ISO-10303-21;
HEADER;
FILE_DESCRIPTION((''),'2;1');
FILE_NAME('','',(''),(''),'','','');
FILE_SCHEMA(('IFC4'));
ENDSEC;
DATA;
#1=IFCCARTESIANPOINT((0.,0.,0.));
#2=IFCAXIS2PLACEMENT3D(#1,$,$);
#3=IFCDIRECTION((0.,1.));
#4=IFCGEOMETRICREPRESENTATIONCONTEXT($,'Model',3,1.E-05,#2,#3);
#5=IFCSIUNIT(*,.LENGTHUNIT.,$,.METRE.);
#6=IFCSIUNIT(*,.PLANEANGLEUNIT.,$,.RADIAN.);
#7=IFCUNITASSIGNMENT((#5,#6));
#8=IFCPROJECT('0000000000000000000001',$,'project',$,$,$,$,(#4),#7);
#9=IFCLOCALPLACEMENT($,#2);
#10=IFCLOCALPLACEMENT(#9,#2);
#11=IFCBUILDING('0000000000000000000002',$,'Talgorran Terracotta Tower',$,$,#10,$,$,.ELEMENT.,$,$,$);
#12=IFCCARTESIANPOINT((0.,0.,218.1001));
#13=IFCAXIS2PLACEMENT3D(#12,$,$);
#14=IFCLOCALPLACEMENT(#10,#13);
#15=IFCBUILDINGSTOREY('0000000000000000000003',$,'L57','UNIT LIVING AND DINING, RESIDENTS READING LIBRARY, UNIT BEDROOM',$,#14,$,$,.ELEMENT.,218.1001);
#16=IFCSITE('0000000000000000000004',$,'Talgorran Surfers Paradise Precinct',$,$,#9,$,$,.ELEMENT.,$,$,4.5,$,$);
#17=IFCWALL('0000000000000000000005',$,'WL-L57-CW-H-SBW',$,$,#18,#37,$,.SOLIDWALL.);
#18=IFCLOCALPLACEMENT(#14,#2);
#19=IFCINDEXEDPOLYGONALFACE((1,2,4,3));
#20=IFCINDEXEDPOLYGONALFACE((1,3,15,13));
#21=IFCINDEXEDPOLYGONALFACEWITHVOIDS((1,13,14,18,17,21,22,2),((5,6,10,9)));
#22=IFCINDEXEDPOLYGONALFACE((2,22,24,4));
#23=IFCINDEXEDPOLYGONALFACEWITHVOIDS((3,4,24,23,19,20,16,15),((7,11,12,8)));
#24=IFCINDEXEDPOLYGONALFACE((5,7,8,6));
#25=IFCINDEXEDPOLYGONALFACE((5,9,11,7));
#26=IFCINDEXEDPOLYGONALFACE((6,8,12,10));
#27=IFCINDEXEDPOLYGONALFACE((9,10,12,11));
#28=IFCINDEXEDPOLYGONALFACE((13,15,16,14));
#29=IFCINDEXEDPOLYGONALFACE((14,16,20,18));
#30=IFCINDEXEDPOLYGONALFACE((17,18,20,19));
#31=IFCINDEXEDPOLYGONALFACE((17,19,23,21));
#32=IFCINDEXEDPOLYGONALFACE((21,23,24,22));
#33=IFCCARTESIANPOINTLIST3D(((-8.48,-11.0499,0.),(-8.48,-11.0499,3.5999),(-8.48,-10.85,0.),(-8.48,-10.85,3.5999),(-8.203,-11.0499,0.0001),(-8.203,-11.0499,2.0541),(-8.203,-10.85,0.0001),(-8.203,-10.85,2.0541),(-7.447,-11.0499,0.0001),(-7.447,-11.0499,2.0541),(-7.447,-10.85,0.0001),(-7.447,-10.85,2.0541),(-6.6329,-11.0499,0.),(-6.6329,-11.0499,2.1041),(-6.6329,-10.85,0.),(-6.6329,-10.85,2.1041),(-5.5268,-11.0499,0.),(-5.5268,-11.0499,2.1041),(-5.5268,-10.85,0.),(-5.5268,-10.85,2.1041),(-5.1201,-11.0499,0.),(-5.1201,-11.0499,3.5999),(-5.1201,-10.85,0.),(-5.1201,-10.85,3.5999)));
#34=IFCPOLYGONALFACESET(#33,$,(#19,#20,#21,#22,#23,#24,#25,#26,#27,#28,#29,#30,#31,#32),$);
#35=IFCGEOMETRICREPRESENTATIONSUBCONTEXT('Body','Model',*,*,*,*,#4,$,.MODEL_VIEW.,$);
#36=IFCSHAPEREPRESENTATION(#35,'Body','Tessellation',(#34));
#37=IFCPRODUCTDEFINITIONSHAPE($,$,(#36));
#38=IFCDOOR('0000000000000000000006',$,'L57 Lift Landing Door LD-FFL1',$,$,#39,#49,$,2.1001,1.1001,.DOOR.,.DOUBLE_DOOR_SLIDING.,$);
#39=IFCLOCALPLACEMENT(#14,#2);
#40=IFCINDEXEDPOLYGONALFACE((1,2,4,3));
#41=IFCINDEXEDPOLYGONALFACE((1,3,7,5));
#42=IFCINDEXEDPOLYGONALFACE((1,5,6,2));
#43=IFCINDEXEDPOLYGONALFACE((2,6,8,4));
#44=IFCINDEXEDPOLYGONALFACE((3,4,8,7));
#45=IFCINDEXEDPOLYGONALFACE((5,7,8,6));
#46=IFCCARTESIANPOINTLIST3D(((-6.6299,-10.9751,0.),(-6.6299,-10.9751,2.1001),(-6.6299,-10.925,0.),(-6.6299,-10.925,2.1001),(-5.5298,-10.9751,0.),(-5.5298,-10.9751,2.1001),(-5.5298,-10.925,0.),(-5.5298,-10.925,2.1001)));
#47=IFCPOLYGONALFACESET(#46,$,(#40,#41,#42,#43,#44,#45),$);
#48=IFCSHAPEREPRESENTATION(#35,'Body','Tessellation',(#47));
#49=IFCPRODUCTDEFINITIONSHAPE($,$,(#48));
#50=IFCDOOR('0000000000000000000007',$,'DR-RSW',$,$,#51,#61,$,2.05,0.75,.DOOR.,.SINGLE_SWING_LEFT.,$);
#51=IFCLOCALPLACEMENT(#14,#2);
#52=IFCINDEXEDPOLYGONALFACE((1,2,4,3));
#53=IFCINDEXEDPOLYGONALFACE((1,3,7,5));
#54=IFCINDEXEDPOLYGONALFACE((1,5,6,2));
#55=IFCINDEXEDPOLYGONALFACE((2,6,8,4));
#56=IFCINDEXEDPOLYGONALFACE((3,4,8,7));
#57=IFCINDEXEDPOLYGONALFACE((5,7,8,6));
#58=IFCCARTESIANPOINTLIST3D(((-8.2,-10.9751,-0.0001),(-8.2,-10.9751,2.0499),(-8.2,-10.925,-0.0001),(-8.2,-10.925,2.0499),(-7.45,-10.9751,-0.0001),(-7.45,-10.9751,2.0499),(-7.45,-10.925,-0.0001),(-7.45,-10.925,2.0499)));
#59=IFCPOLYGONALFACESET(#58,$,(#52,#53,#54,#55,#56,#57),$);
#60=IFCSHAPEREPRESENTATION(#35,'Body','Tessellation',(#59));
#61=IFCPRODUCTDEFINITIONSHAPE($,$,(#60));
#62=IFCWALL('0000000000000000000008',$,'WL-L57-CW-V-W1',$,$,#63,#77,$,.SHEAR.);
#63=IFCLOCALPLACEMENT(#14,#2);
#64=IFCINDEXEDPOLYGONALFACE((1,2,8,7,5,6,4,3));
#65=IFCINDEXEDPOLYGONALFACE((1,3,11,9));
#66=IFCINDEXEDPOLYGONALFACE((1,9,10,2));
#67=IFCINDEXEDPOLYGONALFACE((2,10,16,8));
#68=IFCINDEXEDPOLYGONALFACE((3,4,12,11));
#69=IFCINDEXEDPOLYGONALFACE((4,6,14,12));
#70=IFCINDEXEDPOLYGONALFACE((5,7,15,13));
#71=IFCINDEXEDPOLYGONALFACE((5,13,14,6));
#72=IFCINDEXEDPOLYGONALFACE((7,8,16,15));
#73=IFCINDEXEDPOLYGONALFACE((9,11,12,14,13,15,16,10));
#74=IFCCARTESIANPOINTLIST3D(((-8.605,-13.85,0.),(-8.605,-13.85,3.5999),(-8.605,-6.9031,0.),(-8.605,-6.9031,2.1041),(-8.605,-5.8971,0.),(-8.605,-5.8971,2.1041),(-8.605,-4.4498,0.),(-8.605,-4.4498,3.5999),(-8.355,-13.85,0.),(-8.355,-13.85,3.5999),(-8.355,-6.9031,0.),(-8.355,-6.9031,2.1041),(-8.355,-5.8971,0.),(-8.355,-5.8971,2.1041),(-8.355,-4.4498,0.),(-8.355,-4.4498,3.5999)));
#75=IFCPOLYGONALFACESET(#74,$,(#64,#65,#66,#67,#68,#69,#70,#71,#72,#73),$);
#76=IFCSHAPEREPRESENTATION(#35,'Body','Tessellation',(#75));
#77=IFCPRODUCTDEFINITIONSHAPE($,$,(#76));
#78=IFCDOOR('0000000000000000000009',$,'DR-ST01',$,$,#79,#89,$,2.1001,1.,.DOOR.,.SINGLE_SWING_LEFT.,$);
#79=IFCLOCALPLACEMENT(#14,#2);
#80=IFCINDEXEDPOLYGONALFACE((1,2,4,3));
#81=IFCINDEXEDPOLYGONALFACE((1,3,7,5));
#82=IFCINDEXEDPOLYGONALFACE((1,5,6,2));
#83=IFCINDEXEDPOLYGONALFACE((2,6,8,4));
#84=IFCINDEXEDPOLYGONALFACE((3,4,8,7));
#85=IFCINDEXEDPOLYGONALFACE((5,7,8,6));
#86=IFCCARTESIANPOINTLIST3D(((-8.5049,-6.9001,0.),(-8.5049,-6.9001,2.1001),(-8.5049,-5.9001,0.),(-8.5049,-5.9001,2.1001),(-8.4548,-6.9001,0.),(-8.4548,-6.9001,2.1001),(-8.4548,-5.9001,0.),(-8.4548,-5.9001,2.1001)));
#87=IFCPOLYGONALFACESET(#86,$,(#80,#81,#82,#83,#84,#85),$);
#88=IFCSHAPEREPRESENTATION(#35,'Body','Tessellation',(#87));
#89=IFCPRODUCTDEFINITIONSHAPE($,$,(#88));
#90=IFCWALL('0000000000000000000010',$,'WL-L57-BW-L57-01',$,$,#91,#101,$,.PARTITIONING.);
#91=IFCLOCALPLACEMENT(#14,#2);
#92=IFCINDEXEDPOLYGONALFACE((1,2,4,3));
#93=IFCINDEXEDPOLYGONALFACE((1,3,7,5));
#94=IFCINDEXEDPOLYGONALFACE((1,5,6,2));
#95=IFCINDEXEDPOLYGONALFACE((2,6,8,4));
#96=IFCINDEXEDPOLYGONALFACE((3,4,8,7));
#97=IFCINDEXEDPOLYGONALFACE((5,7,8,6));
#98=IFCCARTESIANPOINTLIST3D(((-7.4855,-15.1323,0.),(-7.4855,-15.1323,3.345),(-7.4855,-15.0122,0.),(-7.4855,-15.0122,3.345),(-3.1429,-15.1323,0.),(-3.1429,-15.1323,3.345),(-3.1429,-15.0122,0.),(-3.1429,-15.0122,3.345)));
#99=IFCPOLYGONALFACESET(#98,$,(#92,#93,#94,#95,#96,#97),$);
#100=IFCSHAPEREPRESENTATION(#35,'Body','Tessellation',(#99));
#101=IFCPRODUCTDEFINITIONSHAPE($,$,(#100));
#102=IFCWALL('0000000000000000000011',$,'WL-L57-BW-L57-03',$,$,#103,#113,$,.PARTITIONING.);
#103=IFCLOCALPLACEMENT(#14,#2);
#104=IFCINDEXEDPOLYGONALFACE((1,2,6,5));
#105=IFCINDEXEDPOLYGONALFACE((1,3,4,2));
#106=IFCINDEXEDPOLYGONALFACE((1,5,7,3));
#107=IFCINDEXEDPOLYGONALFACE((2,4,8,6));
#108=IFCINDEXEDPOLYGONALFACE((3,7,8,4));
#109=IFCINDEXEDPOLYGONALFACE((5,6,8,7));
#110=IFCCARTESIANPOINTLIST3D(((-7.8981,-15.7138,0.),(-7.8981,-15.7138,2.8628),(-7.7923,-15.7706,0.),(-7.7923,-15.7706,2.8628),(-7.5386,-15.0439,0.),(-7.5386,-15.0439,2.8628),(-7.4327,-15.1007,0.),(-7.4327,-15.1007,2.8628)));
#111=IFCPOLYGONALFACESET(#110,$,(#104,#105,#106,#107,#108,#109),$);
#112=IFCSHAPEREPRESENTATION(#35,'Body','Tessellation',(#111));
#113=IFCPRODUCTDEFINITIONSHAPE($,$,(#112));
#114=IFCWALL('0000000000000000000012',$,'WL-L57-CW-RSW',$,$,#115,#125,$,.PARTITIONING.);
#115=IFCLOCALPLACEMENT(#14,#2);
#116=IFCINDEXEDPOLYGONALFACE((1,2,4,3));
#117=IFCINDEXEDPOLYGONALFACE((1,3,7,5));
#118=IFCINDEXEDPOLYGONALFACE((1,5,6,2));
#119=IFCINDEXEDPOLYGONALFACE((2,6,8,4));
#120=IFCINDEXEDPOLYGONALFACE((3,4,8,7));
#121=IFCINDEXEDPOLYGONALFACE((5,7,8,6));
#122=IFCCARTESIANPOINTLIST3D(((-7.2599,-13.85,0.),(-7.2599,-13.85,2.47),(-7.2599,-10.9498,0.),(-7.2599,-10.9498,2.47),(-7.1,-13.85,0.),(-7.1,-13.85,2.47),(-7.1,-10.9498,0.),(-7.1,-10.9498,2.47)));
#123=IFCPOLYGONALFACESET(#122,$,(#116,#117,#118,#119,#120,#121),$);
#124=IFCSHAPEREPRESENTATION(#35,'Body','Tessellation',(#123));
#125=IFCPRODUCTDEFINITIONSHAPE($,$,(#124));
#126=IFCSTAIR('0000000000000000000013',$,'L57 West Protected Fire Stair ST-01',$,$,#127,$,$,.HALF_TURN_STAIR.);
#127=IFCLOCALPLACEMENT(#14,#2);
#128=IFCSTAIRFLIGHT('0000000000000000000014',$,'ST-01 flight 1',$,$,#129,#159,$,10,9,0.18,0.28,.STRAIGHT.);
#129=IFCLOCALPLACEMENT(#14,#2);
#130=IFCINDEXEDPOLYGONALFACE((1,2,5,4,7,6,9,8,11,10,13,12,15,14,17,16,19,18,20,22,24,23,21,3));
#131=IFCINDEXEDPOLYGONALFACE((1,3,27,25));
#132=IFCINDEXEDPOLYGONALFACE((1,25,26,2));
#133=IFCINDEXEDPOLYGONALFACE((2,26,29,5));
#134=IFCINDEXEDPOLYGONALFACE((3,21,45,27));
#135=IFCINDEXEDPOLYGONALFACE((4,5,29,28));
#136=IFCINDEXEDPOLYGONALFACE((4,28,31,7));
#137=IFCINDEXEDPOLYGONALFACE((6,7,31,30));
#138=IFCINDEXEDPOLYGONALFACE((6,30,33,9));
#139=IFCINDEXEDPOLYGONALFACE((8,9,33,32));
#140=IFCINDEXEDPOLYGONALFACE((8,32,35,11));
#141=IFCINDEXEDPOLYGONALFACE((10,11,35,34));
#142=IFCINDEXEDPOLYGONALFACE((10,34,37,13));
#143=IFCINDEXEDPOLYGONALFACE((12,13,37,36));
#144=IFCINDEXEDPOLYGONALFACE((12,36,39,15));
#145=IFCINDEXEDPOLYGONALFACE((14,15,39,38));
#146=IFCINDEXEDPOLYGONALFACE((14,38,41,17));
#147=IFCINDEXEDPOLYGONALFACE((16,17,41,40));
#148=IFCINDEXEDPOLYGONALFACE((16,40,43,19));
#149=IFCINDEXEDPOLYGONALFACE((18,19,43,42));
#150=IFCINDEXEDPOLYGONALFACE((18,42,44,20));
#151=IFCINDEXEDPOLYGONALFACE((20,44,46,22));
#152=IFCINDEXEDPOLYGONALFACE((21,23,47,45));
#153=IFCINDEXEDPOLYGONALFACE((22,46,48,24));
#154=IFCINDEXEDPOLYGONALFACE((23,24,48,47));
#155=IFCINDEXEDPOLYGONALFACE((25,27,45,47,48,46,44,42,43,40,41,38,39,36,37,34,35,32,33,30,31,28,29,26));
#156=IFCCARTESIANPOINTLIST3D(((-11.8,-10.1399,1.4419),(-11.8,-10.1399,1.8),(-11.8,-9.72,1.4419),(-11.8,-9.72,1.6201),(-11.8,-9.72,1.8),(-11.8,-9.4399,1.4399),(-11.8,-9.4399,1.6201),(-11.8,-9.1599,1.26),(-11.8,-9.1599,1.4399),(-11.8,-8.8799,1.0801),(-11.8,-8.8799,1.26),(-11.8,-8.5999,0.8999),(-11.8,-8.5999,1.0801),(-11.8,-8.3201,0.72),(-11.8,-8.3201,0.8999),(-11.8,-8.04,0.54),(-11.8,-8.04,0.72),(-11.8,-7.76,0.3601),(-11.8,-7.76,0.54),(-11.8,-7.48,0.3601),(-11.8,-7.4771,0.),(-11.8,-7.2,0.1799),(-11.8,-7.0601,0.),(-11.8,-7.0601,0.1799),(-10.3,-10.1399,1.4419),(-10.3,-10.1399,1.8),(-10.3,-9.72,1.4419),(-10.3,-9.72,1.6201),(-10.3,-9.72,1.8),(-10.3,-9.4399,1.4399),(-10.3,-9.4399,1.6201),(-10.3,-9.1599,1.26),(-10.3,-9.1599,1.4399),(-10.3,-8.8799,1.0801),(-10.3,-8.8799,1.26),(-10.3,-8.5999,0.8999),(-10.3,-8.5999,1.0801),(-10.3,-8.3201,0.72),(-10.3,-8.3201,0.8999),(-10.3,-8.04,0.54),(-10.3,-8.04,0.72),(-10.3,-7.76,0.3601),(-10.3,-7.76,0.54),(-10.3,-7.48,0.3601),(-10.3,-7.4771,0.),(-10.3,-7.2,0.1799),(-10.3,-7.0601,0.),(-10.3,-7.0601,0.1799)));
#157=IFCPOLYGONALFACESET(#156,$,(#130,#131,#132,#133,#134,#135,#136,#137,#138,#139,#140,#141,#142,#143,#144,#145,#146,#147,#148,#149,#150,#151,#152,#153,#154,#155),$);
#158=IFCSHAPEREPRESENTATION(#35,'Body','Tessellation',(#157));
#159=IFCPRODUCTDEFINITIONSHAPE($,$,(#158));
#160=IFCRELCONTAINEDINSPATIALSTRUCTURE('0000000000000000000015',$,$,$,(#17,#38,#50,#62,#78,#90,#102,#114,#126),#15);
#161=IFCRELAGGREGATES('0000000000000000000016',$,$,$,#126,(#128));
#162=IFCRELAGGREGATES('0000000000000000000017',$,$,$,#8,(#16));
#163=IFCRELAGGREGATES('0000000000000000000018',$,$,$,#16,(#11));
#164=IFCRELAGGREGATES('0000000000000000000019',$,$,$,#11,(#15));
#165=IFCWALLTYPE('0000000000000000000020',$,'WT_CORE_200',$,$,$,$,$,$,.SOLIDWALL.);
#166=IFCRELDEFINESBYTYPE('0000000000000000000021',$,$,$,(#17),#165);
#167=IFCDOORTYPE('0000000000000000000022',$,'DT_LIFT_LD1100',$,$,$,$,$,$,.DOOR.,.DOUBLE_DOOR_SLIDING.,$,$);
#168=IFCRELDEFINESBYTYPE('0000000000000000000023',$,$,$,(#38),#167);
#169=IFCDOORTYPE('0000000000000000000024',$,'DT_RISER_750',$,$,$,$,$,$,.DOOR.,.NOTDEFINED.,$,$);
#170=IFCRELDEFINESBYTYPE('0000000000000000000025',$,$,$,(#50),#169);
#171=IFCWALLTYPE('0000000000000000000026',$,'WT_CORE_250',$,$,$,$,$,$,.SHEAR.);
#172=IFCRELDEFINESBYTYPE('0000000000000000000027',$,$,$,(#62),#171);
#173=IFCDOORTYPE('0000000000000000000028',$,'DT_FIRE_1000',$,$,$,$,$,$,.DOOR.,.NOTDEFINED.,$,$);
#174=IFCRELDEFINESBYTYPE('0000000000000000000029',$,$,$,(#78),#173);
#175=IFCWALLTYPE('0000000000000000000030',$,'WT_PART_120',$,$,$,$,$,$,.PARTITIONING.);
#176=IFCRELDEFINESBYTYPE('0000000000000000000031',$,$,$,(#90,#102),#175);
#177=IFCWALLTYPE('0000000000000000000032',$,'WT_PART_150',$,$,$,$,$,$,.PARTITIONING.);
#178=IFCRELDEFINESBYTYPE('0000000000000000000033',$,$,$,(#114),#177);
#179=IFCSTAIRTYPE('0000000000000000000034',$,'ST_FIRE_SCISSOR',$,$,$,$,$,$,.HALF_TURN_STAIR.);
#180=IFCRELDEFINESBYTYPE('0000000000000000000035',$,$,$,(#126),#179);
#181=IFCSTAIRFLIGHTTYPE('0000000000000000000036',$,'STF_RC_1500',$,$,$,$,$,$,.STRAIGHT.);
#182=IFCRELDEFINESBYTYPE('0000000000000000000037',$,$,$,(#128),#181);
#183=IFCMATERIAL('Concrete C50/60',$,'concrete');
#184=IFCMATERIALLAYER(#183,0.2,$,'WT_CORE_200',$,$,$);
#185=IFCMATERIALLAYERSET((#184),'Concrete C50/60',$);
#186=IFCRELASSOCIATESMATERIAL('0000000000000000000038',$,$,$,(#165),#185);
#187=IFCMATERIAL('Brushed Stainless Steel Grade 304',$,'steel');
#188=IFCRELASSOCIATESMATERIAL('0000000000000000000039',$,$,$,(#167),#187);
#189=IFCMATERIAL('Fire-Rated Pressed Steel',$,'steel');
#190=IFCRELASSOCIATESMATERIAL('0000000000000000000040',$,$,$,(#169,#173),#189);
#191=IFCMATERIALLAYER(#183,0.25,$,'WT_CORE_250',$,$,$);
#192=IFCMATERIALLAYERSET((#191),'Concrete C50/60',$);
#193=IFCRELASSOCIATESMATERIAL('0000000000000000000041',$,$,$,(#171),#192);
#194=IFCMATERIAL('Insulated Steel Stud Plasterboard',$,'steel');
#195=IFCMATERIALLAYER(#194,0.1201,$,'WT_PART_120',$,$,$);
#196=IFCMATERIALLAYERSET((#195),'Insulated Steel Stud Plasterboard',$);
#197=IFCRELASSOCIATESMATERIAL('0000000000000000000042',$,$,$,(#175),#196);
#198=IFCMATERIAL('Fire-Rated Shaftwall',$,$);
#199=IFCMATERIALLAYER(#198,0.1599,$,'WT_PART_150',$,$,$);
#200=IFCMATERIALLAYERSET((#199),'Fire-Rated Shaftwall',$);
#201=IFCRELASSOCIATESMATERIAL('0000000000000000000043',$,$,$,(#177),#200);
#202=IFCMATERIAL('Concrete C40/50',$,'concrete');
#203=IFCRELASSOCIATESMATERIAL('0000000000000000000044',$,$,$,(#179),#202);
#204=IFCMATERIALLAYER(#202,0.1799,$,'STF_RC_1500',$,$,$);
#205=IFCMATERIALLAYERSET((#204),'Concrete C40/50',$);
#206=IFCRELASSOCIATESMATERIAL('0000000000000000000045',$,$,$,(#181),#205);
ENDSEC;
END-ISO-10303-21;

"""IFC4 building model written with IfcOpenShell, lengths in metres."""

from ifc_helpers import new_model, si_unit, direction, frame, frame_2d, origin, place, context, subcontext, project, spatial, polyline, rectangle, outline, extrude, material, layer, layer_set, type_object, element, fill, aggregate, save


model = new_model("IFC4")

# Units and contexts
model_context = context("Model", 3, precision=1e-05, world=origin(), true_north=direction((0.0, 1.0)))
body_context = subcontext(model_context, "Body", "Model", "MODEL_VIEW")
ifc_project = project(units=[si_unit("LENGTHUNIT", "METRE"), si_unit("PLANEANGLEUNIT", "RADIAN")], contexts=[model_context])

# Site, building, storey
site_placement = place(None, origin())
site = spatial("IfcSite", under=ifc_project, at=site_placement, Name="Talgorran Surfers Paradise Precinct", CompositionType="ELEMENT", RefElevation=4.5)
building_placement = place(site_placement, origin())
building = spatial("IfcBuilding", under=site, at=building_placement, Name="Talgorran Terracotta Tower", CompositionType="ELEMENT")
storey_placement = place(building_placement, frame((0.0, 0.0, 218.1001)))
storey = spatial("IfcBuildingStorey", under=building, at=storey_placement, Name="L57", Description="UNIT LIVING AND DINING, RESIDENTS READING LIBRARY, UNIT BEDROOM", CompositionType="ELEMENT", Elevation=218.1001)

# Shared definitions
ifc_material_1 = material(Name="Concrete C50/60", Category="concrete")

# Wall, openings, doors
ifc_layer_1 = layer(ifc_material_1, 0.2, Name="WT_CORE_200")
ifc_layer_set_1 = layer_set([ifc_layer_1], Name="Concrete C50/60")
wall_type_1 = type_object("IfcWallType", Name="WT_CORE_200", PredefinedType="SOLIDWALL", material=ifc_layer_set_1)
wall_1_placement = place(storey_placement, frame((-8.48, -10.95, 0.0), z_axis=(0.0, 0.0, 1.0), x_axis=(1.0, 0.0, 0.0)))
wall_1 = element("IfcWall", 1, at=wall_1_placement, inside=storey, type_object=wall_type_1, Name="WL-L57-CW-H-SBW", PredefinedType="SOLIDWALL", context=body_context, shape_type="SweptSolid", body=[
    extrude(rectangle(XDim=3.3599, YDim=0.2, at=frame_2d((1.6799, 0.0))), origin(), (0.0, 0.0, 1.0), 3.5999),
])
opening_1_placement = place(wall_1_placement, frame((0.28, 0.0, 0.0)))
opening_1 = element("IfcOpeningElement", 2, at=opening_1_placement, cuts=wall_1, PredefinedType="OPENING", context=body_context, shape_type="SweptSolid", body=[
    extrude(rectangle(XDim=0.756, YDim=2.054, at=frame_2d((0.375, 1.0271))), frame((0.0, 0.1099, 0.0), z_axis=(0.0, -1.0, 0.0), x_axis=(1.0, 0.0, 0.0)), (0.0, 0.0, 1.0), 0.22),
])
opening_2_placement = place(wall_1_placement, frame((1.8501, 0.0, 0.0)))
opening_2 = element("IfcOpeningElement", 3, at=opening_2_placement, cuts=wall_1, PredefinedType="OPENING", context=body_context, shape_type="SweptSolid", body=[
    extrude(rectangle(XDim=1.1061, YDim=2.1041, at=frame_2d((0.55, 1.052))), frame((0.0, 0.1099, 0.0), z_axis=(0.0, -1.0, 0.0), x_axis=(1.0, 0.0, 0.0)), (0.0, 0.0, 1.0), 0.22),
])
ifc_material_2 = material(Name="Brushed Stainless Steel Grade 304", Category="steel")
door_type_1 = type_object("IfcDoorType", Name="DT_LIFT_LD1100", OperationType="DOUBLE_DOOR_SLIDING", PredefinedType="DOOR", material=ifc_material_2)
door_1_placement = place(opening_2_placement, origin())
door_1 = element("IfcDoor", 4, at=door_1_placement, inside=storey, type_object=door_type_1, Name="L57 Lift Landing Door LD-FFL1", OperationType="DOUBLE_DOOR_SLIDING", OverallHeight=2.1001, OverallWidth=1.1001, PredefinedType="DOOR", context=body_context, shape_type="SweptSolid", body=[
    extrude(rectangle(XDim=1.1001, YDim=2.1001, at=frame_2d((0.55, 1.05))), frame((0.0, 0.0249, 0.0), z_axis=(0.0, -1.0, 0.0), x_axis=(1.0, 0.0, 0.0)), (0.0, 0.0, 1.0), 0.05),
])
fill(opening_2, door_1)
ifc_material_3 = material(Name="Fire-Rated Pressed Steel", Category="steel")
door_type_2 = type_object("IfcDoorType", Name="DT_RISER_750", OperationType="NOTDEFINED", PredefinedType="DOOR", material=ifc_material_3)
door_2_placement = place(opening_1_placement, origin())
door_2 = element("IfcDoor", 5, at=door_2_placement, inside=storey, type_object=door_type_2, Name="DR-RSW", OperationType="SINGLE_SWING_LEFT", OverallHeight=2.05, OverallWidth=0.75, PredefinedType="DOOR", context=body_context, shape_type="SweptSolid", body=[
    extrude(rectangle(XDim=0.75, YDim=2.05, at=frame_2d((0.375, 1.0249))), frame((0.0, 0.0249, 0.0), z_axis=(0.0, -1.0, 0.0), x_axis=(1.0, 0.0, 0.0)), (0.0, 0.0, 1.0), 0.05),
])
fill(opening_1, door_2)

# Wall, opening, door
ifc_layer_2 = layer(ifc_material_1, 0.25, Name="WT_CORE_250")
ifc_layer_set_2 = layer_set([ifc_layer_2], Name="Concrete C50/60")
wall_type_2 = type_object("IfcWallType", Name="WT_CORE_250", PredefinedType="SHEAR", material=ifc_layer_set_2)
wall_2_placement = place(storey_placement, frame((-8.48, -13.8501, 0.0), z_axis=(0.0, 0.0, 1.0), x_axis=(0.0, 1.0, 0.0)))
wall_2 = element("IfcWall", 6, at=wall_2_placement, inside=storey, type_object=wall_type_2, Name="WL-L57-CW-V-W1", PredefinedType="SHEAR", context=body_context, shape_type="SweptSolid", body=[
    extrude(rectangle(XDim=9.4001, YDim=0.25, at=frame_2d((4.7002, 0.0))), origin(), (0.0, 0.0, 1.0), 3.5999),
])
opening_3_placement = place(wall_2_placement, frame((6.95, 0.0, 0.0)))
opening_3 = element("IfcOpeningElement", 7, at=opening_3_placement, cuts=wall_2, PredefinedType="OPENING", context=body_context, shape_type="SweptSolid", body=[
    extrude(rectangle(XDim=1.006, YDim=2.1041, at=frame_2d((0.5, 1.052))), frame((0.0, 0.135, 0.0), z_axis=(0.0, -1.0, 0.0), x_axis=(1.0, 0.0, 0.0)), (0.0, 0.0, 1.0), 0.27),
])
door_type_3 = type_object("IfcDoorType", Name="DT_FIRE_1000", OperationType="NOTDEFINED", PredefinedType="DOOR", material=ifc_material_3)
door_3_placement = place(opening_3_placement, origin())
door_3 = element("IfcDoor", 8, at=door_3_placement, inside=storey, type_object=door_type_3, Name="DR-ST01", OperationType="SINGLE_SWING_LEFT", OverallHeight=2.1001, OverallWidth=1.0, PredefinedType="DOOR", context=body_context, shape_type="SweptSolid", body=[
    extrude(rectangle(XDim=1.0, YDim=2.1001, at=frame_2d((0.5, 1.05))), frame((0.0, 0.0249, 0.0), z_axis=(0.0, -1.0, 0.0), x_axis=(1.0, 0.0, 0.0)), (0.0, 0.0, 1.0), 0.05),
])
fill(opening_3, door_3)

# Walls
ifc_material_4 = material(Name="Insulated Steel Stud Plasterboard", Category="steel")
ifc_layer_3 = layer(ifc_material_4, 0.1201, Name="WT_PART_120")
ifc_layer_set_3 = layer_set([ifc_layer_3], Name="Insulated Steel Stud Plasterboard")
wall_type_3 = type_object("IfcWallType", Name="WT_PART_120", PredefinedType="PARTITIONING", material=ifc_layer_set_3)
wall_3_placement = place(storey_placement, frame((-7.4856, -15.0723, 0.0), z_axis=(0.0, 0.0, 1.0), x_axis=(1.0, 0.0, 0.0)))
element("IfcWall", 9, at=wall_3_placement, inside=storey, type_object=wall_type_3, Name="WL-L57-BW-L57-01", PredefinedType="PARTITIONING", context=body_context, shape_type="SweptSolid", body=[
    extrude(rectangle(XDim=4.3425, YDim=0.1201, at=frame_2d((2.1714, 0.0))), origin(), (0.0, 0.0, 1.0), 3.345),
])
wall_4_placement = place(storey_placement, frame((-7.8452, -15.7422, 0.0), z_axis=(0.0, 0.0, 1.0), x_axis=(0.47297, 0.881079, 0.0)))
element("IfcWall", 10, at=wall_4_placement, inside=storey, type_object=wall_type_3, Name="WL-L57-BW-L57-03", PredefinedType="PARTITIONING", context=body_context, shape_type="SweptSolid", body=[
    extrude(rectangle(XDim=0.7603, YDim=0.1201, at=frame_2d((0.3801, 0.0))), origin(), (0.0, 0.0, 1.0), 2.8628),
])
ifc_material_5 = material(Name="Fire-Rated Shaftwall")
ifc_layer_4 = layer(ifc_material_5, 0.1599, Name="WT_PART_150")
ifc_layer_set_4 = layer_set([ifc_layer_4], Name="Fire-Rated Shaftwall")
wall_type_4 = type_object("IfcWallType", Name="WT_PART_150", PredefinedType="PARTITIONING", material=ifc_layer_set_4)
wall_5_placement = place(storey_placement, frame((-7.1799, -13.8501, 0.0), z_axis=(0.0, 0.0, 1.0), x_axis=(0.0, 1.0, 0.0)))
element("IfcWall", 11, at=wall_5_placement, inside=storey, type_object=wall_type_4, Name="WL-L57-CW-RSW", PredefinedType="PARTITIONING", context=body_context, shape_type="SweptSolid", body=[
    extrude(rectangle(XDim=2.9001, YDim=0.1599, at=frame_2d((1.4502, 0.0))), origin(), (0.0, 0.0, 1.0), 2.47),
])

# Stair, stair flight
ifc_material_6 = material(Name="Concrete C40/50", Category="concrete")
stair_type = type_object("IfcStairType", Name="ST_FIRE_SCISSOR", PredefinedType="HALF_TURN_STAIR", material=ifc_material_6)
stair_placement = place(storey_placement, origin())
stair = element("IfcStair", 12, at=stair_placement, inside=storey, type_object=stair_type, Name="L57 West Protected Fire Stair ST-01", PredefinedType="HALF_TURN_STAIR")
ifc_layer_5 = layer(ifc_material_6, 0.1799, Name="STF_RC_1500")
ifc_layer_set_5 = layer_set([ifc_layer_5], Name="Concrete C40/50")
stair_flight_type = type_object("IfcStairFlightType", Name="STF_RC_1500", PredefinedType="STRAIGHT", material=ifc_layer_set_5)
stair_flight_1_placement = place(storey_placement, frame((-11.05, -7.2, 0.0), z_axis=(0.0, 0.0, 1.0), x_axis=(0.0, -1.0, 0.0)))
stair_flight_1 = element("IfcStairFlight", 13, at=stair_flight_1_placement, type_object=stair_flight_type, Name="ST-01 flight 1", NumberOfRisers=10, NumberOfTreads=9, PredefinedType="STRAIGHT", RiserHeight=0.18, TreadLength=0.28, context=body_context, shape_type="SweptSolid", body=[
    extrude(outline(polyline([(-0.1399, 0.0), (-0.1399, 0.1799), (0.0, 0.1799), (0.28, 0.3601), (0.5601, 0.3601), (0.5601, 0.54), (0.8401, 0.54), (0.8401, 0.72), (1.1201, 0.72), (1.1201, 0.8999), (1.3999, 0.8999), (1.3999, 1.0801), (1.6799, 1.0801), (1.6799, 1.26), (1.96, 1.26), (1.96, 1.4399), (2.24, 1.4399), (2.24, 1.6201), (2.52, 1.6201), (2.52, 1.8), (2.9399, 1.8), (2.9399, 1.4419), (2.52, 1.4419), (0.2771, 0.0), (-0.1399, 0.0)])), frame((0.0, 0.75, 0.0), z_axis=(0.0, -1.0, 0.0), x_axis=(1.0, 0.0, 0.0)), (0.0, 0.0, 1.0), 1.5),
])
aggregate(stair, [stair_flight_1])

save(model, "model.ifc")
